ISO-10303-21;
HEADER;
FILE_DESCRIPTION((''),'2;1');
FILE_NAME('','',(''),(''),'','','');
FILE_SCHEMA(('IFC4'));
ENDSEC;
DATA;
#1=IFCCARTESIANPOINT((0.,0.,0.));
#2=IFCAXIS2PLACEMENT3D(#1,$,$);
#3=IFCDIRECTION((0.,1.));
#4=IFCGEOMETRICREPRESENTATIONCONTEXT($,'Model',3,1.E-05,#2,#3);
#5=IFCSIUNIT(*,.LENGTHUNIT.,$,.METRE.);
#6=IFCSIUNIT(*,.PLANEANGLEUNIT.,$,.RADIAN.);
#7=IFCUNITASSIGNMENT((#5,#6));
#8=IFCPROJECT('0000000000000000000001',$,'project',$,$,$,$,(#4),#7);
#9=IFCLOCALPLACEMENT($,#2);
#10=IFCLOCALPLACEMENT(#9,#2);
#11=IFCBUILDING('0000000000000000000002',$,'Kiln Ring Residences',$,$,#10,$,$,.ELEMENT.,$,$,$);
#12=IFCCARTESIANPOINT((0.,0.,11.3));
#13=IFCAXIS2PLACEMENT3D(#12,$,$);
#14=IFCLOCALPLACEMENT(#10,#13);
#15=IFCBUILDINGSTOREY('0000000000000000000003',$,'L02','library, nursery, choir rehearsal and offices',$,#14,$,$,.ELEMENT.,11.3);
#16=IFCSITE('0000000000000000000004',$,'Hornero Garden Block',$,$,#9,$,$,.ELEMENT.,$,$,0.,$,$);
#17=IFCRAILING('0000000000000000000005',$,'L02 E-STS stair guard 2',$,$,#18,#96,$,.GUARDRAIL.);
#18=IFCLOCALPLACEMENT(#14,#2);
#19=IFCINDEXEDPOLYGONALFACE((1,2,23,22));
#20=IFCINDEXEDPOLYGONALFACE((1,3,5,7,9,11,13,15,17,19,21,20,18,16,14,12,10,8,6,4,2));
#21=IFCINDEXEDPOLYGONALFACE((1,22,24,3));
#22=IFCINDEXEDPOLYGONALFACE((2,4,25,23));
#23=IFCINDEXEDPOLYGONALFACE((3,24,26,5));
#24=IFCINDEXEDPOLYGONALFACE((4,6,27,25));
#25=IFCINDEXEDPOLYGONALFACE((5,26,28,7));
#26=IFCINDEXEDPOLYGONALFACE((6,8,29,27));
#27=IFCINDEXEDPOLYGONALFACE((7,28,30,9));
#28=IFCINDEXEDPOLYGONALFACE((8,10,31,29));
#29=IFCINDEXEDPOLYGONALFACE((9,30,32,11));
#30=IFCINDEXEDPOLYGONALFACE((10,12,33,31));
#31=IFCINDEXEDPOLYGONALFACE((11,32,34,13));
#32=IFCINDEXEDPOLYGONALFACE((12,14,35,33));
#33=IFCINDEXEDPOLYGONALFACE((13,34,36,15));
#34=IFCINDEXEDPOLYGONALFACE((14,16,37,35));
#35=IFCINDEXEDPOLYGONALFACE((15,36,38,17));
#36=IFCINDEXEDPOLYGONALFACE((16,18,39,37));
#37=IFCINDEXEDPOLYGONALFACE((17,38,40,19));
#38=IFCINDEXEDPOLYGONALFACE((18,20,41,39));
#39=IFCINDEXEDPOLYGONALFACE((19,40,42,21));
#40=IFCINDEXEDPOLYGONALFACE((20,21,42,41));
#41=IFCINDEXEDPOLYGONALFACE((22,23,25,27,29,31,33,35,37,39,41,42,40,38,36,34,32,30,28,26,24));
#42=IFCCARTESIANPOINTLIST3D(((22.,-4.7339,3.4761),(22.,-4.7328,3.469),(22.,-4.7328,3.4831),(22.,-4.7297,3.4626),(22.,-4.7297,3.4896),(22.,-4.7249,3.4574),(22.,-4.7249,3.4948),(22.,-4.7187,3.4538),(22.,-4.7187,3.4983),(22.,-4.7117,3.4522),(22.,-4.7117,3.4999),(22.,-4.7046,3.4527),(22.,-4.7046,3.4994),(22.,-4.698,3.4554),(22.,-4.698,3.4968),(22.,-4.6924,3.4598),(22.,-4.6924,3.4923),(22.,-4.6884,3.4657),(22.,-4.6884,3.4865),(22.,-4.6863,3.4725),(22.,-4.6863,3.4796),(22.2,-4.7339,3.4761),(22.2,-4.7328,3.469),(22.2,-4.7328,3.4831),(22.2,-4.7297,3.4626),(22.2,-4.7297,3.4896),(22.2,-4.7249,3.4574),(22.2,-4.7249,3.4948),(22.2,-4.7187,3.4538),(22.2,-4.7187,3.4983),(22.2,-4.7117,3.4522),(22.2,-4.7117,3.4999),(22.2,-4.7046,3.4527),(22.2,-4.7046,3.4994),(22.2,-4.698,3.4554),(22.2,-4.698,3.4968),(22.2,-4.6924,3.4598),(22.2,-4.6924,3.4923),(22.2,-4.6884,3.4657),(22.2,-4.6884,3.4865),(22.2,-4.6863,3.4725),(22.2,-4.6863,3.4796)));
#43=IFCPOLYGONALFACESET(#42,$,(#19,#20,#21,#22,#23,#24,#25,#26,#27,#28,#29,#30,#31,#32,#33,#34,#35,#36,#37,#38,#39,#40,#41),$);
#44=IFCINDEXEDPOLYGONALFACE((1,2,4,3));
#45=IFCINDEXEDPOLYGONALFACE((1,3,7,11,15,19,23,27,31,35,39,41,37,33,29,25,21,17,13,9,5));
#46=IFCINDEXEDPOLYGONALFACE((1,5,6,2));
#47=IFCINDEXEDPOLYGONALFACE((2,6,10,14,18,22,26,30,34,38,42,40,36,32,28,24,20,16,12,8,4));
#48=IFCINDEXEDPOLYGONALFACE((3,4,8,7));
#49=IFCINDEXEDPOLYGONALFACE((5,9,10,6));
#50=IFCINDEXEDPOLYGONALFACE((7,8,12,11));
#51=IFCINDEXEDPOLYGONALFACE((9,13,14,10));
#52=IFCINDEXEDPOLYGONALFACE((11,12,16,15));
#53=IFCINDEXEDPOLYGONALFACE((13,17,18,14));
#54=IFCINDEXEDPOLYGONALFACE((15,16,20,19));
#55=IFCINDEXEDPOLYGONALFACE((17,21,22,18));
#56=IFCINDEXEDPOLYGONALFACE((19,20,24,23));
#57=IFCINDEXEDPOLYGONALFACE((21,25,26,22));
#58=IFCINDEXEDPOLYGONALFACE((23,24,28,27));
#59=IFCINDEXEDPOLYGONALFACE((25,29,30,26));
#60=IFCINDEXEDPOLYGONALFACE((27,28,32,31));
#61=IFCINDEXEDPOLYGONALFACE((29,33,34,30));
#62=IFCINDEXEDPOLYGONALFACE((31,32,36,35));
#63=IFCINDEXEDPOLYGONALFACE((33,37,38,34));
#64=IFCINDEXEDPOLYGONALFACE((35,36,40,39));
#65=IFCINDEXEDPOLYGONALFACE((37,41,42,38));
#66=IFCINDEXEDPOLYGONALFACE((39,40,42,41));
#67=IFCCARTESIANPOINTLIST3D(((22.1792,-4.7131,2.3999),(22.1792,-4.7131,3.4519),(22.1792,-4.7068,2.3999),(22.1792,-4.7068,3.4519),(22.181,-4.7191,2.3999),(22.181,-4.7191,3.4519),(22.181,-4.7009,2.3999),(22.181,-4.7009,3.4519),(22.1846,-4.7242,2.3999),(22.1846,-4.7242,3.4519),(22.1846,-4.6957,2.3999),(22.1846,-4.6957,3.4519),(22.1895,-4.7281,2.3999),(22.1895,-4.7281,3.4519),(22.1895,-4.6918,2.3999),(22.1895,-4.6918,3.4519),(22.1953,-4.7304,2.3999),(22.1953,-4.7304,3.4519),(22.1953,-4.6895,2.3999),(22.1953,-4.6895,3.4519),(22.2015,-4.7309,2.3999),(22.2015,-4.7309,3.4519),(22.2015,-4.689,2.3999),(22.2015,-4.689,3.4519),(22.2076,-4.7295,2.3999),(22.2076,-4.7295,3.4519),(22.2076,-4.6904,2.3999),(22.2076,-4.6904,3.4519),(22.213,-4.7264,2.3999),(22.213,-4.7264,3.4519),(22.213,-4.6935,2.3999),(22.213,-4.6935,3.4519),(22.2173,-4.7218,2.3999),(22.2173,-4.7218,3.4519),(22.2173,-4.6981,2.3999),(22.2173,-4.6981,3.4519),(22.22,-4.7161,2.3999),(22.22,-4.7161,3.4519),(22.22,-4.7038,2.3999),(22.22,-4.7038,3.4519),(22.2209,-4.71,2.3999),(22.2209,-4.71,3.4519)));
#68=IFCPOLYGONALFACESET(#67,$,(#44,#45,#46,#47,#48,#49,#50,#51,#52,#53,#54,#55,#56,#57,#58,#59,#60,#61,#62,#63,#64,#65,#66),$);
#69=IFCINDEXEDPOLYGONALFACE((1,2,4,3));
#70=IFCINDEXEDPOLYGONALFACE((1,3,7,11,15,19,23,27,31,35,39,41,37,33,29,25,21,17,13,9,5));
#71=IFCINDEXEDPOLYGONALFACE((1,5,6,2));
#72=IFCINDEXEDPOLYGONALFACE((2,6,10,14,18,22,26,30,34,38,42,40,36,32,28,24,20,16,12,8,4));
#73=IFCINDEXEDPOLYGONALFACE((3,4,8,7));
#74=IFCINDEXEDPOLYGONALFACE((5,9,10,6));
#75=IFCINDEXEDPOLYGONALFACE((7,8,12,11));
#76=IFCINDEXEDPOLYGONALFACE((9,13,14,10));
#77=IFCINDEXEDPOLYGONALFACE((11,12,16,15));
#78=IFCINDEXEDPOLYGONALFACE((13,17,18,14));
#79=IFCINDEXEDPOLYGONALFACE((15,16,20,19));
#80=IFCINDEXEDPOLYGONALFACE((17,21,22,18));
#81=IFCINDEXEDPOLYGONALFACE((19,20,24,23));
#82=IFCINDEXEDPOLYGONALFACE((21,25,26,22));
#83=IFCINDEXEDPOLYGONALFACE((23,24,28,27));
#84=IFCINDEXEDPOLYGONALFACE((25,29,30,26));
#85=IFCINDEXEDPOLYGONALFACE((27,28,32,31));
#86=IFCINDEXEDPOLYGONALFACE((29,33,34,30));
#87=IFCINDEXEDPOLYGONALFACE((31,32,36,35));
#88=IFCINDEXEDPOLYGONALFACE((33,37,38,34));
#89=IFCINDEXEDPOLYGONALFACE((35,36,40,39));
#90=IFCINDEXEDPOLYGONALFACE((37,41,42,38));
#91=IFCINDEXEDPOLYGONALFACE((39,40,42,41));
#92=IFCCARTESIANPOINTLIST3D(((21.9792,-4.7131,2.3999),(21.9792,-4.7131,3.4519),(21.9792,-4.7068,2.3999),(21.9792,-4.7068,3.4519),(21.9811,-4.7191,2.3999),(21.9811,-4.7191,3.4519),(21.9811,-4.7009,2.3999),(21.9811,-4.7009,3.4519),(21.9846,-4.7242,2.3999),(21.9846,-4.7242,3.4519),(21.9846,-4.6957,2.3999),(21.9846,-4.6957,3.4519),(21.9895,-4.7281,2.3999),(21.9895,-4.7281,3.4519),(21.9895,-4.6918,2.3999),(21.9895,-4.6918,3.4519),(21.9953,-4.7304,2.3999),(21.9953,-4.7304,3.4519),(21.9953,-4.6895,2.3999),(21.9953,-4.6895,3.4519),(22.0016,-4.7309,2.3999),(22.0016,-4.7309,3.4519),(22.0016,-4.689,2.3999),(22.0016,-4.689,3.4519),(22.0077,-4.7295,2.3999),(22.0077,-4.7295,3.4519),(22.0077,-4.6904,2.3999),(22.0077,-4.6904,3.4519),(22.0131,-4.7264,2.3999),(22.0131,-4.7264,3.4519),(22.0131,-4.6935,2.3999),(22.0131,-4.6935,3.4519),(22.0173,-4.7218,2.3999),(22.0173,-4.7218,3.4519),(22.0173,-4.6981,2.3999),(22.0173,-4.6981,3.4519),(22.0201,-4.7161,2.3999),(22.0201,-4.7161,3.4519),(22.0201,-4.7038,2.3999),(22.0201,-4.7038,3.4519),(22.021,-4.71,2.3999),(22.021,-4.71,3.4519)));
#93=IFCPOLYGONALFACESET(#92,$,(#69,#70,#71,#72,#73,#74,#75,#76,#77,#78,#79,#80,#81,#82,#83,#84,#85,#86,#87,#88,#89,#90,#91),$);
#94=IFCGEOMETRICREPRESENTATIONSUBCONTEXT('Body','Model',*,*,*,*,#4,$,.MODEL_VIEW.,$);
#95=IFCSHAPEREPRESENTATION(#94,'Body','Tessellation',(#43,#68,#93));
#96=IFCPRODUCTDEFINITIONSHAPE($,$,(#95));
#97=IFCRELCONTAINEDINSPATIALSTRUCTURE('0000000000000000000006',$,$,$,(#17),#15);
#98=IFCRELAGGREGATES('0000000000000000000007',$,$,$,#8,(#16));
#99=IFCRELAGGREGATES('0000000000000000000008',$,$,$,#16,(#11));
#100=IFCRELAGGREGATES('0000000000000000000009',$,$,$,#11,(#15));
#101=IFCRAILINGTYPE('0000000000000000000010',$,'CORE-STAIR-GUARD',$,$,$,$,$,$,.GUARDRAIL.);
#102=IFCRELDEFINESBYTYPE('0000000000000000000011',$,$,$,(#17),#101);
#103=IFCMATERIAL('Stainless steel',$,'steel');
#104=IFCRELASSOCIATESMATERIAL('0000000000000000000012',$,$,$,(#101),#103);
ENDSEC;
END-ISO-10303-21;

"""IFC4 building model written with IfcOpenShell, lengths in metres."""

from ifc_helpers import new_model, si_unit, direction, frame, origin, origin_2d, place, context, subcontext, project, spatial, circle, extrude, material, type_object, element, save


model = new_model("IFC4")

# Units and contexts
model_context = context("Model", 3, precision=1e-05, world=origin(), true_north=direction((0.0, 1.0)))
body_context = subcontext(model_context, "Body", "Model", "MODEL_VIEW")
ifc_project = project(units=[si_unit("LENGTHUNIT", "METRE"), si_unit("PLANEANGLEUNIT", "RADIAN")], contexts=[model_context])

# Site, building, storey
site_placement = place(None, origin())
site = spatial("IfcSite", under=ifc_project, at=site_placement, Name="Hornero Garden Block", CompositionType="ELEMENT", RefElevation=0.0)
building_placement = place(site_placement, origin())
building = spatial("IfcBuilding", under=site, at=building_placement, Name="Kiln Ring Residences", CompositionType="ELEMENT")
storey_placement = place(building_placement, frame((0.0, 0.0, 11.3)))
storey = spatial("IfcBuildingStorey", under=building, at=storey_placement, Name="L02", Description="library, nursery, choir rehearsal and offices", CompositionType="ELEMENT", Elevation=11.3)

# Railing
ifc_material_1 = material(Name="Stainless steel", Category="steel")
railing_type_1 = type_object("IfcRailingType", Name="CORE-STAIR-GUARD", PredefinedType="GUARDRAIL", material=ifc_material_1)
railing_1_placement = place(storey_placement, frame((22.2, -4.71, 2.3999)))
element("IfcRailing", 1, at=railing_1_placement, inside=storey, type_object=railing_type_1, Name="L02 E-STS stair guard 2", PredefinedType="GUARDRAIL", context=body_context, shape_type="SweptSolid", body=[
    extrude(circle(Radius=0.0239, at=origin_2d()), frame((0.0, 0.0, 1.0762), z_axis=(-1.0, 0.0, 0.0), x_axis=(0.0, -1.0, 0.0)), (0.0, 0.0, 1.0), 0.2),
    extrude(circle(Radius=0.021, at=origin_2d()), origin(), (0.0, 0.0, 1.0), 1.052),
    extrude(circle(Radius=0.021, at=origin_2d()), frame((-0.2, 0.0, 0.0)), (0.0, 0.0, 1.0), 1.052),
])

save(model, "model.ifc")
